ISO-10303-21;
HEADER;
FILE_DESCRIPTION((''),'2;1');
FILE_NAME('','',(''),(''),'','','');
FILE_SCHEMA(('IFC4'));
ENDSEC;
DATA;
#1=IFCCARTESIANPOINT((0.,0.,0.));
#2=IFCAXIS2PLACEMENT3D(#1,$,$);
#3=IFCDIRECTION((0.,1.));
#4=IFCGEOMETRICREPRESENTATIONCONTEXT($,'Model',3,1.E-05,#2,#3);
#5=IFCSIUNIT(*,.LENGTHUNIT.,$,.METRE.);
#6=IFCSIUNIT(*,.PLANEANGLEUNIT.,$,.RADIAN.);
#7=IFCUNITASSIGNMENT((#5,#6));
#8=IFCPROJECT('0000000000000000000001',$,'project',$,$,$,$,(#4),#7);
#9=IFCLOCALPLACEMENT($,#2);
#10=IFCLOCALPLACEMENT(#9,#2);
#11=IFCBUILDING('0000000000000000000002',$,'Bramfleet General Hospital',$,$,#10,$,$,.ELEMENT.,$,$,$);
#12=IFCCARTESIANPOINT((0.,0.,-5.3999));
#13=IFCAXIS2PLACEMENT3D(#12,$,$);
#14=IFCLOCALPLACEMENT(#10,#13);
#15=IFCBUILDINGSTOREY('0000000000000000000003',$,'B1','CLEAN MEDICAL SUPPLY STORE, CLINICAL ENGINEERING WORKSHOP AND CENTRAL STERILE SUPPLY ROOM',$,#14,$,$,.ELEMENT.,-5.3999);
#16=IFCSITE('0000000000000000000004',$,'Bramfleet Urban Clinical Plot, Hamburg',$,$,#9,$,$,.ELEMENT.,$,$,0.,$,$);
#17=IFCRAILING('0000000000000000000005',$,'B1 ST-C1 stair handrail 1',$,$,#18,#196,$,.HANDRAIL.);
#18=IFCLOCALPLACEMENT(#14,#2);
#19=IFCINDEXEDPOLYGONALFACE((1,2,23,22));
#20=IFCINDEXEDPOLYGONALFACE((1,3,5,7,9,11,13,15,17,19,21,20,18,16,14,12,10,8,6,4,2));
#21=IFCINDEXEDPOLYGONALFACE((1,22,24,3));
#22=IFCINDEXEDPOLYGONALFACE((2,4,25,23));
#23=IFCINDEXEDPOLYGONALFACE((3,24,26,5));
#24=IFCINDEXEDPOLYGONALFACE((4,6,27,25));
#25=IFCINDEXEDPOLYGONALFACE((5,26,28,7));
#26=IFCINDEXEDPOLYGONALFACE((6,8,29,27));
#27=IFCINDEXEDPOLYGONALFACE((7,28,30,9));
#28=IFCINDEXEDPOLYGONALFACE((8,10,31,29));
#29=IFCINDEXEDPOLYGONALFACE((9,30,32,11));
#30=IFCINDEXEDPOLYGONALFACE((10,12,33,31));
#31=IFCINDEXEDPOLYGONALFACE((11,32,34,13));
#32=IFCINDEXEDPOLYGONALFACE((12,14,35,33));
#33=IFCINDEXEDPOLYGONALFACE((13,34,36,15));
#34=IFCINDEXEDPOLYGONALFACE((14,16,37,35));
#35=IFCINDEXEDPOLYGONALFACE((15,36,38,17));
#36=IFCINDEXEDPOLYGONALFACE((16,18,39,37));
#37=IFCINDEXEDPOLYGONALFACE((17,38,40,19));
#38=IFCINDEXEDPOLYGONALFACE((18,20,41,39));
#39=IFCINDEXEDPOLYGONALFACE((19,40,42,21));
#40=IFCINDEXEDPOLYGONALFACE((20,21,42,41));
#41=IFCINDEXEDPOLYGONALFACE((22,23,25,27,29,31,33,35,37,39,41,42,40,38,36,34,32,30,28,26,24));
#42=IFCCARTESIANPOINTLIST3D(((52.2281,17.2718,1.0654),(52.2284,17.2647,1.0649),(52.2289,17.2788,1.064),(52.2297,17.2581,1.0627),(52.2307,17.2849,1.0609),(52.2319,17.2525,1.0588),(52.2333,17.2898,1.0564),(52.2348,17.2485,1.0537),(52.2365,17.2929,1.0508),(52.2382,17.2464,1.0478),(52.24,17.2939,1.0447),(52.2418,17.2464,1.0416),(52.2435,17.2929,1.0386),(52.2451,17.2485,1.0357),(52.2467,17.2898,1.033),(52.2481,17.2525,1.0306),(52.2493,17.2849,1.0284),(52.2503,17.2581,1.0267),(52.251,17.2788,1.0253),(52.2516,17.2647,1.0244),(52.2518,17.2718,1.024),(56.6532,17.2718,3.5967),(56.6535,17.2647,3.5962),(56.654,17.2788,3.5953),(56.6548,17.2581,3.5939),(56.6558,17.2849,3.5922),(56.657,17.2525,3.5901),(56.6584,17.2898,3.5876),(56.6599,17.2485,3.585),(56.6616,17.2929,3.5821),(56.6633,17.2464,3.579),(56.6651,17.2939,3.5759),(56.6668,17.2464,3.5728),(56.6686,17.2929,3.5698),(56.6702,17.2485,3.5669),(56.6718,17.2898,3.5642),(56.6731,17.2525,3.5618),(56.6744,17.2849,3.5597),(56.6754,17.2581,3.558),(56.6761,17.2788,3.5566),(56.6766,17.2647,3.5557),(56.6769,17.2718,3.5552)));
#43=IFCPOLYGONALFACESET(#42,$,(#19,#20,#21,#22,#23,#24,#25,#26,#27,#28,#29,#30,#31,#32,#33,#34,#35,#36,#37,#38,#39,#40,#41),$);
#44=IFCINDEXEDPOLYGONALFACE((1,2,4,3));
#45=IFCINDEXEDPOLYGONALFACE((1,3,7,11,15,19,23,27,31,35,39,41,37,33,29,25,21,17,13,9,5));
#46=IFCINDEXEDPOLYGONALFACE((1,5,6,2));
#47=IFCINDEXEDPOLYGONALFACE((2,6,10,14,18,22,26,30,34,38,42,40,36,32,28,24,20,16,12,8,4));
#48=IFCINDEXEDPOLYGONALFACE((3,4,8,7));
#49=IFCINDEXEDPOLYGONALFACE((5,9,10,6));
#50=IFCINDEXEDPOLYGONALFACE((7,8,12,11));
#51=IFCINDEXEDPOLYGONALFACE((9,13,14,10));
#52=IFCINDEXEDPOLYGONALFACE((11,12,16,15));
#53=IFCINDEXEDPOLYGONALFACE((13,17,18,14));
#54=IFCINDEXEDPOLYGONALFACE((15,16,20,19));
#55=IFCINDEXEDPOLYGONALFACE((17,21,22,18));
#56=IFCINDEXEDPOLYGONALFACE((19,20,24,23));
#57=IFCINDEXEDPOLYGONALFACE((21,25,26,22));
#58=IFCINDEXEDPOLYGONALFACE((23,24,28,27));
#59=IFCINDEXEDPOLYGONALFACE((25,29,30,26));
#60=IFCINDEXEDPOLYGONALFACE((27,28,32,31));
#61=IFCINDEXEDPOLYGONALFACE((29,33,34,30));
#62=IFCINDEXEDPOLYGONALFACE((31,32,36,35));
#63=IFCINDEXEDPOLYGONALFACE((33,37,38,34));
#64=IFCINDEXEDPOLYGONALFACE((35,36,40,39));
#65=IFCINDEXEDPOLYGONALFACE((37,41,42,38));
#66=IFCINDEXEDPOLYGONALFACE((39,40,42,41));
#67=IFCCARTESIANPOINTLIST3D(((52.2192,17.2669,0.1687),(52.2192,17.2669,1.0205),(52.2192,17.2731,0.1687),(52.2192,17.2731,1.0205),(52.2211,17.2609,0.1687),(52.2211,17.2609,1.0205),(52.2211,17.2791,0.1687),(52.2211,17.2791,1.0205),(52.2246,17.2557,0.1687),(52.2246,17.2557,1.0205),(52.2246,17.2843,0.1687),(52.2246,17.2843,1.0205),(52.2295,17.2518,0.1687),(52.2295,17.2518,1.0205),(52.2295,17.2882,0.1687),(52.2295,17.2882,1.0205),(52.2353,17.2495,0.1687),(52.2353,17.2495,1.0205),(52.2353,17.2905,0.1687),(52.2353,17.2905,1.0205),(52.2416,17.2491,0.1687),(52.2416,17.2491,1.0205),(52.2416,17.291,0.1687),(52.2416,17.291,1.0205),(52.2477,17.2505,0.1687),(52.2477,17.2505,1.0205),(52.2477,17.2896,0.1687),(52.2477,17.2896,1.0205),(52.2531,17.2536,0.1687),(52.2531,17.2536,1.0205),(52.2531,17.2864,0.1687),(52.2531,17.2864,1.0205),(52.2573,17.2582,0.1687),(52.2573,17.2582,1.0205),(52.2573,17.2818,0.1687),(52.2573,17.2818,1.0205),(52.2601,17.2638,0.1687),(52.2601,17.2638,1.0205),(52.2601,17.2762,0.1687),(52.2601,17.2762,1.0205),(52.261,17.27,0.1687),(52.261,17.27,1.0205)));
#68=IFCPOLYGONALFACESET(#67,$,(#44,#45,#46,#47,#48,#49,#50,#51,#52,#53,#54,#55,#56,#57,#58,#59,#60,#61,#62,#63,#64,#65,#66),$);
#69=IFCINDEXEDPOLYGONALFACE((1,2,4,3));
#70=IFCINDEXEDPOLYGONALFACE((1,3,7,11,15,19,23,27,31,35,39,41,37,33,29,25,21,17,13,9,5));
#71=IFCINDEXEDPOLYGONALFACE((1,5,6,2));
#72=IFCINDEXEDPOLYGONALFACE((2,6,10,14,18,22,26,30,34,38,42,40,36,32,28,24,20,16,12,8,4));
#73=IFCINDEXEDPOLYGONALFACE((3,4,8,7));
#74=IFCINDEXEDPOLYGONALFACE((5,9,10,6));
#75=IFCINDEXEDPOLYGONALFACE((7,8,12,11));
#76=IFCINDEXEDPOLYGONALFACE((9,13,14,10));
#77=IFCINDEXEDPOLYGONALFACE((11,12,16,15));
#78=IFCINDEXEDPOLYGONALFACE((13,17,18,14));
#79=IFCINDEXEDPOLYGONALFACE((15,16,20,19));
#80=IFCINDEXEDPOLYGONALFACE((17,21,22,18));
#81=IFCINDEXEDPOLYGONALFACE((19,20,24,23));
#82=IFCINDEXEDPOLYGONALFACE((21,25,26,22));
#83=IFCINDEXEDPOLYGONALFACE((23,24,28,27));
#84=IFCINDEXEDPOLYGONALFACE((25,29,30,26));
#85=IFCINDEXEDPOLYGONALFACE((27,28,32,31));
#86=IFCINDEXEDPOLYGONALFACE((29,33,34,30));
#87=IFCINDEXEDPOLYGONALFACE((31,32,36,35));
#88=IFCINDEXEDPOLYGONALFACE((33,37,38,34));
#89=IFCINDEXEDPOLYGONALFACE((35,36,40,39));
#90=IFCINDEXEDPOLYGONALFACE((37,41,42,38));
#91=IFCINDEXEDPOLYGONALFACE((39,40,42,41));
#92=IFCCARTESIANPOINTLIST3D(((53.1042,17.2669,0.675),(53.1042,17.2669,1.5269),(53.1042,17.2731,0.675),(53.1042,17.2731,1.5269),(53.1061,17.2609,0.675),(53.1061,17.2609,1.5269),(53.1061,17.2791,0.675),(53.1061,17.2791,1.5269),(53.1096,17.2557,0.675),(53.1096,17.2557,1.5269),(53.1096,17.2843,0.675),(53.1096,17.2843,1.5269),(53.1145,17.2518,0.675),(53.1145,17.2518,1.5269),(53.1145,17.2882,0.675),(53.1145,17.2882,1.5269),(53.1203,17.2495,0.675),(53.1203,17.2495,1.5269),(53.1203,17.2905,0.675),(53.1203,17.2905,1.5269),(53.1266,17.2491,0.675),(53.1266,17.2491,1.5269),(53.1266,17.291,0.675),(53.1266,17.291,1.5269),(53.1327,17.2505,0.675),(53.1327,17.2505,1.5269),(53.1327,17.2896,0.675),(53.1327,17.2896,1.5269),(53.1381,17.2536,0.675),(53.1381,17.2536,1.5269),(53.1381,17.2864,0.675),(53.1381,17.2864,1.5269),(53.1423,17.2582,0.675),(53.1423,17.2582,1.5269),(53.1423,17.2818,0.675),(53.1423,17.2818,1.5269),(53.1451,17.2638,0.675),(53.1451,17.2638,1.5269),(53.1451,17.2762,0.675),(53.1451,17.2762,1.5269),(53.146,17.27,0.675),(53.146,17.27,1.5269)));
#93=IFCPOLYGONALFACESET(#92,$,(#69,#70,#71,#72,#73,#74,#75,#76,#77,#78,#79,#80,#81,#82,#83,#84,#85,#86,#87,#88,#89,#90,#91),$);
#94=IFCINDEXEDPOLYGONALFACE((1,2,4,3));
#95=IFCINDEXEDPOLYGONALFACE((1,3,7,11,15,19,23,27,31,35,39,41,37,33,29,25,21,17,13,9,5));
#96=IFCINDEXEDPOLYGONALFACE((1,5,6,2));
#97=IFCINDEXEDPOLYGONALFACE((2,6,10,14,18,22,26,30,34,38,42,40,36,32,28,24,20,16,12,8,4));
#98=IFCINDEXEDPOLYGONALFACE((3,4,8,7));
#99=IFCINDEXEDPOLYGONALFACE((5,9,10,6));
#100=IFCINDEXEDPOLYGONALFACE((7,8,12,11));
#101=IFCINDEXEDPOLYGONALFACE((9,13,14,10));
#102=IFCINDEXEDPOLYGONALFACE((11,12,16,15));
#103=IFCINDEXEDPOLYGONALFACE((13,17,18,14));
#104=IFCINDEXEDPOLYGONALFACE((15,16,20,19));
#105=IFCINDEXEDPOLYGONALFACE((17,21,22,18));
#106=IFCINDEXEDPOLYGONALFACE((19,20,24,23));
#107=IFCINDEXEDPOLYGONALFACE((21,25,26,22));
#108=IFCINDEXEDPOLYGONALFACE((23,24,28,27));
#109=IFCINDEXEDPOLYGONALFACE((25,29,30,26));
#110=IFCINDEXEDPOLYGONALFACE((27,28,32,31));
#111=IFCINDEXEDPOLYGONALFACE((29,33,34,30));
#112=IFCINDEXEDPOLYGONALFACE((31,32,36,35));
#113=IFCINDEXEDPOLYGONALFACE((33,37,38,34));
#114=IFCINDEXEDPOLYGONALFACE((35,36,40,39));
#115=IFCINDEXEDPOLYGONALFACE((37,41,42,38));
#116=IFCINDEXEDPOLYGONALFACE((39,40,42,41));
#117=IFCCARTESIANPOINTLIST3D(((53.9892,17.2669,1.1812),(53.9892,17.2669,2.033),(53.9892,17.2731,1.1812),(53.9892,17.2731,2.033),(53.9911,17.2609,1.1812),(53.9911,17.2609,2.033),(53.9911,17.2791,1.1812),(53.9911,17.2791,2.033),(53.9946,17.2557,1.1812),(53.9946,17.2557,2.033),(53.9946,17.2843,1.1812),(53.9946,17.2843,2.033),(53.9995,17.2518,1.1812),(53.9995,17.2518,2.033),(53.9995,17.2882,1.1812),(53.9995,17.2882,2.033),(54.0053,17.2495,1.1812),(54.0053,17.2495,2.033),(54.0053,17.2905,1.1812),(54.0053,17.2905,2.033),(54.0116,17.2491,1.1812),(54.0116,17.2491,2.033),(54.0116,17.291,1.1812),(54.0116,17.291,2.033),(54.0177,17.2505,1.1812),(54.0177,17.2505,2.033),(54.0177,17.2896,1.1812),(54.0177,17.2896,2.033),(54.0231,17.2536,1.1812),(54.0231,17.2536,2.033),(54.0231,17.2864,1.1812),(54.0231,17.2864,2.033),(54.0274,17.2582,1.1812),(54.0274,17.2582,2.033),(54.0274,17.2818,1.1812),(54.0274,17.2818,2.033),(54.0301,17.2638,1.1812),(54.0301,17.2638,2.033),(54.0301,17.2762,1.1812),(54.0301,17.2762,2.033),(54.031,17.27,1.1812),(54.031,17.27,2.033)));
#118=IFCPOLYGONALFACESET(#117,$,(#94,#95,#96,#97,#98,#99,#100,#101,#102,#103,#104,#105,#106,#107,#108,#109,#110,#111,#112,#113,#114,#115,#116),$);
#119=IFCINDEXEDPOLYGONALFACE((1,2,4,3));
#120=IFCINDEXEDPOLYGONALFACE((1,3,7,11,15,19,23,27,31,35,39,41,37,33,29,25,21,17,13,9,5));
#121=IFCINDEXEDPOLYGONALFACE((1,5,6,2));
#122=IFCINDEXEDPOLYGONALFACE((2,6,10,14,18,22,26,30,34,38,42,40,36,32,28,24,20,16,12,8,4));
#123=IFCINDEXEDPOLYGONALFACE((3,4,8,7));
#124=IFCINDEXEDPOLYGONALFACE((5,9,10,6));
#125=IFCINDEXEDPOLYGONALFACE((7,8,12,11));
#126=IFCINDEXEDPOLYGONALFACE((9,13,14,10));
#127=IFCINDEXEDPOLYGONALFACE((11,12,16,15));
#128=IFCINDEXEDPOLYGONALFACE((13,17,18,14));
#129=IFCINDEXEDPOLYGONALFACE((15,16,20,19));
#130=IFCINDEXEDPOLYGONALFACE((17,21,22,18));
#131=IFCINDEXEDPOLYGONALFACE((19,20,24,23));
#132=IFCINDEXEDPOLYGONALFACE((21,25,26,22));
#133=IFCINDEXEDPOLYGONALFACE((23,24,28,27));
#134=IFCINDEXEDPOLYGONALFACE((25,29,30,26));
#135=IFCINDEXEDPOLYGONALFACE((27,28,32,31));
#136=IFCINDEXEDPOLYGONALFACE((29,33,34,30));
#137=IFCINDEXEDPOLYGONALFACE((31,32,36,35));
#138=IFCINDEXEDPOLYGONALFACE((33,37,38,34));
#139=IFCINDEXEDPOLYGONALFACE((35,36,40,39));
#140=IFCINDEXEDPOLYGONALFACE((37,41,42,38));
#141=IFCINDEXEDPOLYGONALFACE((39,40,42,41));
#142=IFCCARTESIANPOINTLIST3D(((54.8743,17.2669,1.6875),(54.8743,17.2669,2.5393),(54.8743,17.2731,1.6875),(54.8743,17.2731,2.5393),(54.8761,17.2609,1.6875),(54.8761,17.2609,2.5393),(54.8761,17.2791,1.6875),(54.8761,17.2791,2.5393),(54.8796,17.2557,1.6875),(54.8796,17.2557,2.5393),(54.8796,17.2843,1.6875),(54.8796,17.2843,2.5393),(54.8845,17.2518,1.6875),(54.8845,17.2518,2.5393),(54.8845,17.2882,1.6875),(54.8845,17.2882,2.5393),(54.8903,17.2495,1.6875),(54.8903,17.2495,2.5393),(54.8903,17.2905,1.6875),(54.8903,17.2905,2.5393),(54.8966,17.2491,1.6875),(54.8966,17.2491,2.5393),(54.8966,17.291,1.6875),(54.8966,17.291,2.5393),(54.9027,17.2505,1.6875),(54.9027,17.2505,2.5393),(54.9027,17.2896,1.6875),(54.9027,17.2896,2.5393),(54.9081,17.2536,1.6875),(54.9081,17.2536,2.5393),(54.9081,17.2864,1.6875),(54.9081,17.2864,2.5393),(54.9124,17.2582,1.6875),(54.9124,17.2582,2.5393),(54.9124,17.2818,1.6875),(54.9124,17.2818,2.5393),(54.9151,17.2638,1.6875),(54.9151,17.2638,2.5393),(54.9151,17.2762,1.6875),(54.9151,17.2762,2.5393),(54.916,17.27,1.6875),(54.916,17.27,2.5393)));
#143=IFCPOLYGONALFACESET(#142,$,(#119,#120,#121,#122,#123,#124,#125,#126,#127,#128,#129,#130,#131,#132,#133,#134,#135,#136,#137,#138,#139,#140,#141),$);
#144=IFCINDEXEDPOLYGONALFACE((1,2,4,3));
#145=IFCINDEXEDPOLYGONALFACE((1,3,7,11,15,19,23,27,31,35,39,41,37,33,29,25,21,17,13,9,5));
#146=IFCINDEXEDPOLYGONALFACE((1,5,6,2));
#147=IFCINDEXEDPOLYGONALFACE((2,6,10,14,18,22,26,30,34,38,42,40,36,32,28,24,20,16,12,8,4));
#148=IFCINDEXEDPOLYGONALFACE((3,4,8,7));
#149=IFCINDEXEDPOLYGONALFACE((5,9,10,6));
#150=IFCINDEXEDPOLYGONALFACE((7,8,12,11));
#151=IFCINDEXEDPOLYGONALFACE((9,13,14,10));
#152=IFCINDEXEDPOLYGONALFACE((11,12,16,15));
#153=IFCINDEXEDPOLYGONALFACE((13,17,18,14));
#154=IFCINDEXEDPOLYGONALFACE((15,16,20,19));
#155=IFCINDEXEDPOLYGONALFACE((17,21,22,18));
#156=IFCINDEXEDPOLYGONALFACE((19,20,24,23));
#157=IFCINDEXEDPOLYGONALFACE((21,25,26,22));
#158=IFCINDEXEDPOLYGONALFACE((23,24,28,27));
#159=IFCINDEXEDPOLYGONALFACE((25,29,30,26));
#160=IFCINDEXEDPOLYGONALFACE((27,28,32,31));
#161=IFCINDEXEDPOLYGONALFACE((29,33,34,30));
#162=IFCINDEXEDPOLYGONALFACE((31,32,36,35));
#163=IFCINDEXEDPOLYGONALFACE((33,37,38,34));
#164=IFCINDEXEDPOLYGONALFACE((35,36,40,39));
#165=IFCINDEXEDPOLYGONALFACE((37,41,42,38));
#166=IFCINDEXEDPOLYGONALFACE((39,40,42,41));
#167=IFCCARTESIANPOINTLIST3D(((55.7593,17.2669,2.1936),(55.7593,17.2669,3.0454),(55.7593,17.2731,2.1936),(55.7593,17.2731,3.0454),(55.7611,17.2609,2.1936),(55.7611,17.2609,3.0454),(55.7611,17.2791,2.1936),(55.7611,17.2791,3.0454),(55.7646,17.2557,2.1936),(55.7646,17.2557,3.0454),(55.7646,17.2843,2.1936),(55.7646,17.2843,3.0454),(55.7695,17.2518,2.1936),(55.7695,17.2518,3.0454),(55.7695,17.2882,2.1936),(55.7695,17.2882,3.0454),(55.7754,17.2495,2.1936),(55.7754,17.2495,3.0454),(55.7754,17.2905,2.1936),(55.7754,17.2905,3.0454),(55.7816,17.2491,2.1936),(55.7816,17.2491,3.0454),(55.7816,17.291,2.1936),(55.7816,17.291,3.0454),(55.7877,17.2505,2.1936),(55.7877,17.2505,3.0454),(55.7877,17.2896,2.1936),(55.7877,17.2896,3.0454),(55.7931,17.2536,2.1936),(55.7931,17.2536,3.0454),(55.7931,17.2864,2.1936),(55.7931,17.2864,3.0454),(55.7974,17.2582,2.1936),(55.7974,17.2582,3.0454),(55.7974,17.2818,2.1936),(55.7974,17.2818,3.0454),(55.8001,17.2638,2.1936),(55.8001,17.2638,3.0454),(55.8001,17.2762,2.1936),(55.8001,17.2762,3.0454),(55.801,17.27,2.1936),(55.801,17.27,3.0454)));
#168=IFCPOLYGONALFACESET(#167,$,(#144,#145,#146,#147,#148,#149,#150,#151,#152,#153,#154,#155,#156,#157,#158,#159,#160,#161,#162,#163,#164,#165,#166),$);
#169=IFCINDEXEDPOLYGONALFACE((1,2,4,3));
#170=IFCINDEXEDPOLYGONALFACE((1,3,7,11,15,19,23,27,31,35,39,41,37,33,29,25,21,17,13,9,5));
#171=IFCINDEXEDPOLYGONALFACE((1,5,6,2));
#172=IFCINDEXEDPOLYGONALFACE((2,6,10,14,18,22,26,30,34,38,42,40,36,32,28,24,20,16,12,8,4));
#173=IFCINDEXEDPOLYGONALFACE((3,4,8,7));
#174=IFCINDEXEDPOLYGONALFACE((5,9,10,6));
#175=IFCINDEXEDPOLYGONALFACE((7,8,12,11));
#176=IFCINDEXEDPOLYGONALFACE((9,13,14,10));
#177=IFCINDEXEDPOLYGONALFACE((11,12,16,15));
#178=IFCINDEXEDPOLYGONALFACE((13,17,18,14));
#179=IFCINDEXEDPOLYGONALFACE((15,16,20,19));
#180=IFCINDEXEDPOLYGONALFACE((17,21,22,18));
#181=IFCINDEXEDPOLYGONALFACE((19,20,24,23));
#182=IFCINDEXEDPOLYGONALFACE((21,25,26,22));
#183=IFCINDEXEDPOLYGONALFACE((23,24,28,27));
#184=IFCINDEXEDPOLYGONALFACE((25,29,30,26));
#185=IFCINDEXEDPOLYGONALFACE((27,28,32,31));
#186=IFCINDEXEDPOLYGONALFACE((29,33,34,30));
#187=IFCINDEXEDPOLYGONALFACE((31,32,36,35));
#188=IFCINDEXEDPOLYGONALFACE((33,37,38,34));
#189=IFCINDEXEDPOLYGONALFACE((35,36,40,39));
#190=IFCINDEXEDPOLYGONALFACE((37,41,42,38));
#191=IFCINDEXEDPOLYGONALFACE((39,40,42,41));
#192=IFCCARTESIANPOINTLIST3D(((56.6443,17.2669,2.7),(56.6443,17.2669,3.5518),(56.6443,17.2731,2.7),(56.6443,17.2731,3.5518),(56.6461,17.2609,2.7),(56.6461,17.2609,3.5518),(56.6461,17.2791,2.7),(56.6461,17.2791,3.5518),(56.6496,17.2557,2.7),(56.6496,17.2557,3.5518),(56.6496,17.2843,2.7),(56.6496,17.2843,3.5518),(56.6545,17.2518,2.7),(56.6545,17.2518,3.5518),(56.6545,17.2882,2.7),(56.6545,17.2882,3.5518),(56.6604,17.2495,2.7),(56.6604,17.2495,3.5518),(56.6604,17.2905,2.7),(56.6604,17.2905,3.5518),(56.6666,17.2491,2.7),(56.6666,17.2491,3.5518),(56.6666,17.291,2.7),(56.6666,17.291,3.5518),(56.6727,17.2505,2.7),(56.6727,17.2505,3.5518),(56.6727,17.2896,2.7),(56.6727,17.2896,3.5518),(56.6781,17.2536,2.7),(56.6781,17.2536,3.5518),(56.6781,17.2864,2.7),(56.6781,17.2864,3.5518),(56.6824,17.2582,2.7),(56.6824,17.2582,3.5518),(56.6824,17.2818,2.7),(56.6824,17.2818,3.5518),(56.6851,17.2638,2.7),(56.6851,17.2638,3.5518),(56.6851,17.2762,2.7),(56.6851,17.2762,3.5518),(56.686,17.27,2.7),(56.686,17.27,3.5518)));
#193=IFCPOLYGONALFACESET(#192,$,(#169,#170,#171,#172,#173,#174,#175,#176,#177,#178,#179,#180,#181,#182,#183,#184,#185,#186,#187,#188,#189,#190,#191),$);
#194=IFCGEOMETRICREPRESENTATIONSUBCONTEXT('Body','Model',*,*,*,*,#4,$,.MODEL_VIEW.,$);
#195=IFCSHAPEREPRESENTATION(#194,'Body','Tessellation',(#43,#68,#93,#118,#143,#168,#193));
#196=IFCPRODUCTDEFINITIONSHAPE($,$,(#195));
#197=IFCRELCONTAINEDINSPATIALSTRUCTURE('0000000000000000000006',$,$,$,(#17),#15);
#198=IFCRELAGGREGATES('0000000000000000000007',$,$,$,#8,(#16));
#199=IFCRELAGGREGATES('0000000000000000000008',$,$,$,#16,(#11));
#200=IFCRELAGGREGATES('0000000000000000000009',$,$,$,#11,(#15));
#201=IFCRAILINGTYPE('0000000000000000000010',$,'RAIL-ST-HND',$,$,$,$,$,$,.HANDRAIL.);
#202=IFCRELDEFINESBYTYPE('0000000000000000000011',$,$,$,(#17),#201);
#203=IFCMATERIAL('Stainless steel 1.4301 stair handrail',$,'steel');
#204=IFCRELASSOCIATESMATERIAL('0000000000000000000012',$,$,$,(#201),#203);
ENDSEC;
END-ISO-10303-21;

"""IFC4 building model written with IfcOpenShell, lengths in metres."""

from ifc_helpers import new_model, si_unit, direction, frame, origin, origin_2d, place, context, subcontext, project, spatial, circle, extrude, material, type_object, element, save


model = new_model("IFC4")

# Units and contexts
model_context = context("Model", 3, precision=1e-05, world=origin(), true_north=direction((0.0, 1.0)))
body_context = subcontext(model_context, "Body", "Model", "MODEL_VIEW")
ifc_project = project(units=[si_unit("LENGTHUNIT", "METRE"), si_unit("PLANEANGLEUNIT", "RADIAN")], contexts=[model_context])

# Site, building, storey
site_placement = place(None, origin())
site = spatial("IfcSite", under=ifc_project, at=site_placement, Name="Bramfleet Urban Clinical Plot, Hamburg", CompositionType="ELEMENT", RefElevation=0.0)
building_placement = place(site_placement, origin())
building = spatial("IfcBuilding", under=site, at=building_placement, Name="Bramfleet General Hospital", CompositionType="ELEMENT")
storey_placement = place(building_placement, frame((0.0, 0.0, -5.3999)))
storey = spatial("IfcBuildingStorey", under=building, at=storey_placement, Name="B1", Description="CLEAN MEDICAL SUPPLY STORE, CLINICAL ENGINEERING WORKSHOP AND CENTRAL STERILE SUPPLY ROOM", CompositionType="ELEMENT", Elevation=-5.3999)

# Railing
ifc_material_1 = material(Name="Stainless steel 1.4301 stair handrail", Category="steel")
railing_type = type_object("IfcRailingType", Name="RAIL-ST-HND", PredefinedType="HANDRAIL", material=ifc_material_1)
railing_placement = place(storey_placement, frame((52.24, 17.27, 0.1687)))
element("IfcRailing", 1, at=railing_placement, inside=storey, type_object=railing_type, Name="B1 ST-C1 stair handrail 1", PredefinedType="HANDRAIL", context=body_context, shape_type="SweptSolid", body=[
    extrude(circle(Radius=0.0239, at=origin_2d()), frame((0.0, 0.0, 0.876), z_axis=(0.868019, 0.0, 0.496531), x_axis=(0.0, 1.0, 0.0)), (0.0, 0.0, 1.0), 5.0979),
    extrude(circle(Radius=0.021, at=origin_2d()), origin(), (0.0, 0.0, 1.0), 0.8518),
    extrude(circle(Radius=0.021, at=origin_2d()), frame((0.885, 0.0, 0.5063)), (0.0, 0.0, 1.0), 0.8518),
    extrude(circle(Radius=0.021, at=origin_2d()), frame((1.77, 0.0, 1.0125)), (0.0, 0.0, 1.0), 0.8518),
    extrude(circle(Radius=0.021, at=origin_2d()), frame((2.655, 0.0, 1.5188)), (0.0, 0.0, 1.0), 0.8518),
    extrude(circle(Radius=0.021, at=origin_2d()), frame((3.54, 0.0, 2.0249)), (0.0, 0.0, 1.0), 0.8518),
    extrude(circle(Radius=0.021, at=origin_2d()), frame((4.425, 0.0, 2.5312)), (0.0, 0.0, 1.0), 0.8518),
])

save(model, "model.ifc")
